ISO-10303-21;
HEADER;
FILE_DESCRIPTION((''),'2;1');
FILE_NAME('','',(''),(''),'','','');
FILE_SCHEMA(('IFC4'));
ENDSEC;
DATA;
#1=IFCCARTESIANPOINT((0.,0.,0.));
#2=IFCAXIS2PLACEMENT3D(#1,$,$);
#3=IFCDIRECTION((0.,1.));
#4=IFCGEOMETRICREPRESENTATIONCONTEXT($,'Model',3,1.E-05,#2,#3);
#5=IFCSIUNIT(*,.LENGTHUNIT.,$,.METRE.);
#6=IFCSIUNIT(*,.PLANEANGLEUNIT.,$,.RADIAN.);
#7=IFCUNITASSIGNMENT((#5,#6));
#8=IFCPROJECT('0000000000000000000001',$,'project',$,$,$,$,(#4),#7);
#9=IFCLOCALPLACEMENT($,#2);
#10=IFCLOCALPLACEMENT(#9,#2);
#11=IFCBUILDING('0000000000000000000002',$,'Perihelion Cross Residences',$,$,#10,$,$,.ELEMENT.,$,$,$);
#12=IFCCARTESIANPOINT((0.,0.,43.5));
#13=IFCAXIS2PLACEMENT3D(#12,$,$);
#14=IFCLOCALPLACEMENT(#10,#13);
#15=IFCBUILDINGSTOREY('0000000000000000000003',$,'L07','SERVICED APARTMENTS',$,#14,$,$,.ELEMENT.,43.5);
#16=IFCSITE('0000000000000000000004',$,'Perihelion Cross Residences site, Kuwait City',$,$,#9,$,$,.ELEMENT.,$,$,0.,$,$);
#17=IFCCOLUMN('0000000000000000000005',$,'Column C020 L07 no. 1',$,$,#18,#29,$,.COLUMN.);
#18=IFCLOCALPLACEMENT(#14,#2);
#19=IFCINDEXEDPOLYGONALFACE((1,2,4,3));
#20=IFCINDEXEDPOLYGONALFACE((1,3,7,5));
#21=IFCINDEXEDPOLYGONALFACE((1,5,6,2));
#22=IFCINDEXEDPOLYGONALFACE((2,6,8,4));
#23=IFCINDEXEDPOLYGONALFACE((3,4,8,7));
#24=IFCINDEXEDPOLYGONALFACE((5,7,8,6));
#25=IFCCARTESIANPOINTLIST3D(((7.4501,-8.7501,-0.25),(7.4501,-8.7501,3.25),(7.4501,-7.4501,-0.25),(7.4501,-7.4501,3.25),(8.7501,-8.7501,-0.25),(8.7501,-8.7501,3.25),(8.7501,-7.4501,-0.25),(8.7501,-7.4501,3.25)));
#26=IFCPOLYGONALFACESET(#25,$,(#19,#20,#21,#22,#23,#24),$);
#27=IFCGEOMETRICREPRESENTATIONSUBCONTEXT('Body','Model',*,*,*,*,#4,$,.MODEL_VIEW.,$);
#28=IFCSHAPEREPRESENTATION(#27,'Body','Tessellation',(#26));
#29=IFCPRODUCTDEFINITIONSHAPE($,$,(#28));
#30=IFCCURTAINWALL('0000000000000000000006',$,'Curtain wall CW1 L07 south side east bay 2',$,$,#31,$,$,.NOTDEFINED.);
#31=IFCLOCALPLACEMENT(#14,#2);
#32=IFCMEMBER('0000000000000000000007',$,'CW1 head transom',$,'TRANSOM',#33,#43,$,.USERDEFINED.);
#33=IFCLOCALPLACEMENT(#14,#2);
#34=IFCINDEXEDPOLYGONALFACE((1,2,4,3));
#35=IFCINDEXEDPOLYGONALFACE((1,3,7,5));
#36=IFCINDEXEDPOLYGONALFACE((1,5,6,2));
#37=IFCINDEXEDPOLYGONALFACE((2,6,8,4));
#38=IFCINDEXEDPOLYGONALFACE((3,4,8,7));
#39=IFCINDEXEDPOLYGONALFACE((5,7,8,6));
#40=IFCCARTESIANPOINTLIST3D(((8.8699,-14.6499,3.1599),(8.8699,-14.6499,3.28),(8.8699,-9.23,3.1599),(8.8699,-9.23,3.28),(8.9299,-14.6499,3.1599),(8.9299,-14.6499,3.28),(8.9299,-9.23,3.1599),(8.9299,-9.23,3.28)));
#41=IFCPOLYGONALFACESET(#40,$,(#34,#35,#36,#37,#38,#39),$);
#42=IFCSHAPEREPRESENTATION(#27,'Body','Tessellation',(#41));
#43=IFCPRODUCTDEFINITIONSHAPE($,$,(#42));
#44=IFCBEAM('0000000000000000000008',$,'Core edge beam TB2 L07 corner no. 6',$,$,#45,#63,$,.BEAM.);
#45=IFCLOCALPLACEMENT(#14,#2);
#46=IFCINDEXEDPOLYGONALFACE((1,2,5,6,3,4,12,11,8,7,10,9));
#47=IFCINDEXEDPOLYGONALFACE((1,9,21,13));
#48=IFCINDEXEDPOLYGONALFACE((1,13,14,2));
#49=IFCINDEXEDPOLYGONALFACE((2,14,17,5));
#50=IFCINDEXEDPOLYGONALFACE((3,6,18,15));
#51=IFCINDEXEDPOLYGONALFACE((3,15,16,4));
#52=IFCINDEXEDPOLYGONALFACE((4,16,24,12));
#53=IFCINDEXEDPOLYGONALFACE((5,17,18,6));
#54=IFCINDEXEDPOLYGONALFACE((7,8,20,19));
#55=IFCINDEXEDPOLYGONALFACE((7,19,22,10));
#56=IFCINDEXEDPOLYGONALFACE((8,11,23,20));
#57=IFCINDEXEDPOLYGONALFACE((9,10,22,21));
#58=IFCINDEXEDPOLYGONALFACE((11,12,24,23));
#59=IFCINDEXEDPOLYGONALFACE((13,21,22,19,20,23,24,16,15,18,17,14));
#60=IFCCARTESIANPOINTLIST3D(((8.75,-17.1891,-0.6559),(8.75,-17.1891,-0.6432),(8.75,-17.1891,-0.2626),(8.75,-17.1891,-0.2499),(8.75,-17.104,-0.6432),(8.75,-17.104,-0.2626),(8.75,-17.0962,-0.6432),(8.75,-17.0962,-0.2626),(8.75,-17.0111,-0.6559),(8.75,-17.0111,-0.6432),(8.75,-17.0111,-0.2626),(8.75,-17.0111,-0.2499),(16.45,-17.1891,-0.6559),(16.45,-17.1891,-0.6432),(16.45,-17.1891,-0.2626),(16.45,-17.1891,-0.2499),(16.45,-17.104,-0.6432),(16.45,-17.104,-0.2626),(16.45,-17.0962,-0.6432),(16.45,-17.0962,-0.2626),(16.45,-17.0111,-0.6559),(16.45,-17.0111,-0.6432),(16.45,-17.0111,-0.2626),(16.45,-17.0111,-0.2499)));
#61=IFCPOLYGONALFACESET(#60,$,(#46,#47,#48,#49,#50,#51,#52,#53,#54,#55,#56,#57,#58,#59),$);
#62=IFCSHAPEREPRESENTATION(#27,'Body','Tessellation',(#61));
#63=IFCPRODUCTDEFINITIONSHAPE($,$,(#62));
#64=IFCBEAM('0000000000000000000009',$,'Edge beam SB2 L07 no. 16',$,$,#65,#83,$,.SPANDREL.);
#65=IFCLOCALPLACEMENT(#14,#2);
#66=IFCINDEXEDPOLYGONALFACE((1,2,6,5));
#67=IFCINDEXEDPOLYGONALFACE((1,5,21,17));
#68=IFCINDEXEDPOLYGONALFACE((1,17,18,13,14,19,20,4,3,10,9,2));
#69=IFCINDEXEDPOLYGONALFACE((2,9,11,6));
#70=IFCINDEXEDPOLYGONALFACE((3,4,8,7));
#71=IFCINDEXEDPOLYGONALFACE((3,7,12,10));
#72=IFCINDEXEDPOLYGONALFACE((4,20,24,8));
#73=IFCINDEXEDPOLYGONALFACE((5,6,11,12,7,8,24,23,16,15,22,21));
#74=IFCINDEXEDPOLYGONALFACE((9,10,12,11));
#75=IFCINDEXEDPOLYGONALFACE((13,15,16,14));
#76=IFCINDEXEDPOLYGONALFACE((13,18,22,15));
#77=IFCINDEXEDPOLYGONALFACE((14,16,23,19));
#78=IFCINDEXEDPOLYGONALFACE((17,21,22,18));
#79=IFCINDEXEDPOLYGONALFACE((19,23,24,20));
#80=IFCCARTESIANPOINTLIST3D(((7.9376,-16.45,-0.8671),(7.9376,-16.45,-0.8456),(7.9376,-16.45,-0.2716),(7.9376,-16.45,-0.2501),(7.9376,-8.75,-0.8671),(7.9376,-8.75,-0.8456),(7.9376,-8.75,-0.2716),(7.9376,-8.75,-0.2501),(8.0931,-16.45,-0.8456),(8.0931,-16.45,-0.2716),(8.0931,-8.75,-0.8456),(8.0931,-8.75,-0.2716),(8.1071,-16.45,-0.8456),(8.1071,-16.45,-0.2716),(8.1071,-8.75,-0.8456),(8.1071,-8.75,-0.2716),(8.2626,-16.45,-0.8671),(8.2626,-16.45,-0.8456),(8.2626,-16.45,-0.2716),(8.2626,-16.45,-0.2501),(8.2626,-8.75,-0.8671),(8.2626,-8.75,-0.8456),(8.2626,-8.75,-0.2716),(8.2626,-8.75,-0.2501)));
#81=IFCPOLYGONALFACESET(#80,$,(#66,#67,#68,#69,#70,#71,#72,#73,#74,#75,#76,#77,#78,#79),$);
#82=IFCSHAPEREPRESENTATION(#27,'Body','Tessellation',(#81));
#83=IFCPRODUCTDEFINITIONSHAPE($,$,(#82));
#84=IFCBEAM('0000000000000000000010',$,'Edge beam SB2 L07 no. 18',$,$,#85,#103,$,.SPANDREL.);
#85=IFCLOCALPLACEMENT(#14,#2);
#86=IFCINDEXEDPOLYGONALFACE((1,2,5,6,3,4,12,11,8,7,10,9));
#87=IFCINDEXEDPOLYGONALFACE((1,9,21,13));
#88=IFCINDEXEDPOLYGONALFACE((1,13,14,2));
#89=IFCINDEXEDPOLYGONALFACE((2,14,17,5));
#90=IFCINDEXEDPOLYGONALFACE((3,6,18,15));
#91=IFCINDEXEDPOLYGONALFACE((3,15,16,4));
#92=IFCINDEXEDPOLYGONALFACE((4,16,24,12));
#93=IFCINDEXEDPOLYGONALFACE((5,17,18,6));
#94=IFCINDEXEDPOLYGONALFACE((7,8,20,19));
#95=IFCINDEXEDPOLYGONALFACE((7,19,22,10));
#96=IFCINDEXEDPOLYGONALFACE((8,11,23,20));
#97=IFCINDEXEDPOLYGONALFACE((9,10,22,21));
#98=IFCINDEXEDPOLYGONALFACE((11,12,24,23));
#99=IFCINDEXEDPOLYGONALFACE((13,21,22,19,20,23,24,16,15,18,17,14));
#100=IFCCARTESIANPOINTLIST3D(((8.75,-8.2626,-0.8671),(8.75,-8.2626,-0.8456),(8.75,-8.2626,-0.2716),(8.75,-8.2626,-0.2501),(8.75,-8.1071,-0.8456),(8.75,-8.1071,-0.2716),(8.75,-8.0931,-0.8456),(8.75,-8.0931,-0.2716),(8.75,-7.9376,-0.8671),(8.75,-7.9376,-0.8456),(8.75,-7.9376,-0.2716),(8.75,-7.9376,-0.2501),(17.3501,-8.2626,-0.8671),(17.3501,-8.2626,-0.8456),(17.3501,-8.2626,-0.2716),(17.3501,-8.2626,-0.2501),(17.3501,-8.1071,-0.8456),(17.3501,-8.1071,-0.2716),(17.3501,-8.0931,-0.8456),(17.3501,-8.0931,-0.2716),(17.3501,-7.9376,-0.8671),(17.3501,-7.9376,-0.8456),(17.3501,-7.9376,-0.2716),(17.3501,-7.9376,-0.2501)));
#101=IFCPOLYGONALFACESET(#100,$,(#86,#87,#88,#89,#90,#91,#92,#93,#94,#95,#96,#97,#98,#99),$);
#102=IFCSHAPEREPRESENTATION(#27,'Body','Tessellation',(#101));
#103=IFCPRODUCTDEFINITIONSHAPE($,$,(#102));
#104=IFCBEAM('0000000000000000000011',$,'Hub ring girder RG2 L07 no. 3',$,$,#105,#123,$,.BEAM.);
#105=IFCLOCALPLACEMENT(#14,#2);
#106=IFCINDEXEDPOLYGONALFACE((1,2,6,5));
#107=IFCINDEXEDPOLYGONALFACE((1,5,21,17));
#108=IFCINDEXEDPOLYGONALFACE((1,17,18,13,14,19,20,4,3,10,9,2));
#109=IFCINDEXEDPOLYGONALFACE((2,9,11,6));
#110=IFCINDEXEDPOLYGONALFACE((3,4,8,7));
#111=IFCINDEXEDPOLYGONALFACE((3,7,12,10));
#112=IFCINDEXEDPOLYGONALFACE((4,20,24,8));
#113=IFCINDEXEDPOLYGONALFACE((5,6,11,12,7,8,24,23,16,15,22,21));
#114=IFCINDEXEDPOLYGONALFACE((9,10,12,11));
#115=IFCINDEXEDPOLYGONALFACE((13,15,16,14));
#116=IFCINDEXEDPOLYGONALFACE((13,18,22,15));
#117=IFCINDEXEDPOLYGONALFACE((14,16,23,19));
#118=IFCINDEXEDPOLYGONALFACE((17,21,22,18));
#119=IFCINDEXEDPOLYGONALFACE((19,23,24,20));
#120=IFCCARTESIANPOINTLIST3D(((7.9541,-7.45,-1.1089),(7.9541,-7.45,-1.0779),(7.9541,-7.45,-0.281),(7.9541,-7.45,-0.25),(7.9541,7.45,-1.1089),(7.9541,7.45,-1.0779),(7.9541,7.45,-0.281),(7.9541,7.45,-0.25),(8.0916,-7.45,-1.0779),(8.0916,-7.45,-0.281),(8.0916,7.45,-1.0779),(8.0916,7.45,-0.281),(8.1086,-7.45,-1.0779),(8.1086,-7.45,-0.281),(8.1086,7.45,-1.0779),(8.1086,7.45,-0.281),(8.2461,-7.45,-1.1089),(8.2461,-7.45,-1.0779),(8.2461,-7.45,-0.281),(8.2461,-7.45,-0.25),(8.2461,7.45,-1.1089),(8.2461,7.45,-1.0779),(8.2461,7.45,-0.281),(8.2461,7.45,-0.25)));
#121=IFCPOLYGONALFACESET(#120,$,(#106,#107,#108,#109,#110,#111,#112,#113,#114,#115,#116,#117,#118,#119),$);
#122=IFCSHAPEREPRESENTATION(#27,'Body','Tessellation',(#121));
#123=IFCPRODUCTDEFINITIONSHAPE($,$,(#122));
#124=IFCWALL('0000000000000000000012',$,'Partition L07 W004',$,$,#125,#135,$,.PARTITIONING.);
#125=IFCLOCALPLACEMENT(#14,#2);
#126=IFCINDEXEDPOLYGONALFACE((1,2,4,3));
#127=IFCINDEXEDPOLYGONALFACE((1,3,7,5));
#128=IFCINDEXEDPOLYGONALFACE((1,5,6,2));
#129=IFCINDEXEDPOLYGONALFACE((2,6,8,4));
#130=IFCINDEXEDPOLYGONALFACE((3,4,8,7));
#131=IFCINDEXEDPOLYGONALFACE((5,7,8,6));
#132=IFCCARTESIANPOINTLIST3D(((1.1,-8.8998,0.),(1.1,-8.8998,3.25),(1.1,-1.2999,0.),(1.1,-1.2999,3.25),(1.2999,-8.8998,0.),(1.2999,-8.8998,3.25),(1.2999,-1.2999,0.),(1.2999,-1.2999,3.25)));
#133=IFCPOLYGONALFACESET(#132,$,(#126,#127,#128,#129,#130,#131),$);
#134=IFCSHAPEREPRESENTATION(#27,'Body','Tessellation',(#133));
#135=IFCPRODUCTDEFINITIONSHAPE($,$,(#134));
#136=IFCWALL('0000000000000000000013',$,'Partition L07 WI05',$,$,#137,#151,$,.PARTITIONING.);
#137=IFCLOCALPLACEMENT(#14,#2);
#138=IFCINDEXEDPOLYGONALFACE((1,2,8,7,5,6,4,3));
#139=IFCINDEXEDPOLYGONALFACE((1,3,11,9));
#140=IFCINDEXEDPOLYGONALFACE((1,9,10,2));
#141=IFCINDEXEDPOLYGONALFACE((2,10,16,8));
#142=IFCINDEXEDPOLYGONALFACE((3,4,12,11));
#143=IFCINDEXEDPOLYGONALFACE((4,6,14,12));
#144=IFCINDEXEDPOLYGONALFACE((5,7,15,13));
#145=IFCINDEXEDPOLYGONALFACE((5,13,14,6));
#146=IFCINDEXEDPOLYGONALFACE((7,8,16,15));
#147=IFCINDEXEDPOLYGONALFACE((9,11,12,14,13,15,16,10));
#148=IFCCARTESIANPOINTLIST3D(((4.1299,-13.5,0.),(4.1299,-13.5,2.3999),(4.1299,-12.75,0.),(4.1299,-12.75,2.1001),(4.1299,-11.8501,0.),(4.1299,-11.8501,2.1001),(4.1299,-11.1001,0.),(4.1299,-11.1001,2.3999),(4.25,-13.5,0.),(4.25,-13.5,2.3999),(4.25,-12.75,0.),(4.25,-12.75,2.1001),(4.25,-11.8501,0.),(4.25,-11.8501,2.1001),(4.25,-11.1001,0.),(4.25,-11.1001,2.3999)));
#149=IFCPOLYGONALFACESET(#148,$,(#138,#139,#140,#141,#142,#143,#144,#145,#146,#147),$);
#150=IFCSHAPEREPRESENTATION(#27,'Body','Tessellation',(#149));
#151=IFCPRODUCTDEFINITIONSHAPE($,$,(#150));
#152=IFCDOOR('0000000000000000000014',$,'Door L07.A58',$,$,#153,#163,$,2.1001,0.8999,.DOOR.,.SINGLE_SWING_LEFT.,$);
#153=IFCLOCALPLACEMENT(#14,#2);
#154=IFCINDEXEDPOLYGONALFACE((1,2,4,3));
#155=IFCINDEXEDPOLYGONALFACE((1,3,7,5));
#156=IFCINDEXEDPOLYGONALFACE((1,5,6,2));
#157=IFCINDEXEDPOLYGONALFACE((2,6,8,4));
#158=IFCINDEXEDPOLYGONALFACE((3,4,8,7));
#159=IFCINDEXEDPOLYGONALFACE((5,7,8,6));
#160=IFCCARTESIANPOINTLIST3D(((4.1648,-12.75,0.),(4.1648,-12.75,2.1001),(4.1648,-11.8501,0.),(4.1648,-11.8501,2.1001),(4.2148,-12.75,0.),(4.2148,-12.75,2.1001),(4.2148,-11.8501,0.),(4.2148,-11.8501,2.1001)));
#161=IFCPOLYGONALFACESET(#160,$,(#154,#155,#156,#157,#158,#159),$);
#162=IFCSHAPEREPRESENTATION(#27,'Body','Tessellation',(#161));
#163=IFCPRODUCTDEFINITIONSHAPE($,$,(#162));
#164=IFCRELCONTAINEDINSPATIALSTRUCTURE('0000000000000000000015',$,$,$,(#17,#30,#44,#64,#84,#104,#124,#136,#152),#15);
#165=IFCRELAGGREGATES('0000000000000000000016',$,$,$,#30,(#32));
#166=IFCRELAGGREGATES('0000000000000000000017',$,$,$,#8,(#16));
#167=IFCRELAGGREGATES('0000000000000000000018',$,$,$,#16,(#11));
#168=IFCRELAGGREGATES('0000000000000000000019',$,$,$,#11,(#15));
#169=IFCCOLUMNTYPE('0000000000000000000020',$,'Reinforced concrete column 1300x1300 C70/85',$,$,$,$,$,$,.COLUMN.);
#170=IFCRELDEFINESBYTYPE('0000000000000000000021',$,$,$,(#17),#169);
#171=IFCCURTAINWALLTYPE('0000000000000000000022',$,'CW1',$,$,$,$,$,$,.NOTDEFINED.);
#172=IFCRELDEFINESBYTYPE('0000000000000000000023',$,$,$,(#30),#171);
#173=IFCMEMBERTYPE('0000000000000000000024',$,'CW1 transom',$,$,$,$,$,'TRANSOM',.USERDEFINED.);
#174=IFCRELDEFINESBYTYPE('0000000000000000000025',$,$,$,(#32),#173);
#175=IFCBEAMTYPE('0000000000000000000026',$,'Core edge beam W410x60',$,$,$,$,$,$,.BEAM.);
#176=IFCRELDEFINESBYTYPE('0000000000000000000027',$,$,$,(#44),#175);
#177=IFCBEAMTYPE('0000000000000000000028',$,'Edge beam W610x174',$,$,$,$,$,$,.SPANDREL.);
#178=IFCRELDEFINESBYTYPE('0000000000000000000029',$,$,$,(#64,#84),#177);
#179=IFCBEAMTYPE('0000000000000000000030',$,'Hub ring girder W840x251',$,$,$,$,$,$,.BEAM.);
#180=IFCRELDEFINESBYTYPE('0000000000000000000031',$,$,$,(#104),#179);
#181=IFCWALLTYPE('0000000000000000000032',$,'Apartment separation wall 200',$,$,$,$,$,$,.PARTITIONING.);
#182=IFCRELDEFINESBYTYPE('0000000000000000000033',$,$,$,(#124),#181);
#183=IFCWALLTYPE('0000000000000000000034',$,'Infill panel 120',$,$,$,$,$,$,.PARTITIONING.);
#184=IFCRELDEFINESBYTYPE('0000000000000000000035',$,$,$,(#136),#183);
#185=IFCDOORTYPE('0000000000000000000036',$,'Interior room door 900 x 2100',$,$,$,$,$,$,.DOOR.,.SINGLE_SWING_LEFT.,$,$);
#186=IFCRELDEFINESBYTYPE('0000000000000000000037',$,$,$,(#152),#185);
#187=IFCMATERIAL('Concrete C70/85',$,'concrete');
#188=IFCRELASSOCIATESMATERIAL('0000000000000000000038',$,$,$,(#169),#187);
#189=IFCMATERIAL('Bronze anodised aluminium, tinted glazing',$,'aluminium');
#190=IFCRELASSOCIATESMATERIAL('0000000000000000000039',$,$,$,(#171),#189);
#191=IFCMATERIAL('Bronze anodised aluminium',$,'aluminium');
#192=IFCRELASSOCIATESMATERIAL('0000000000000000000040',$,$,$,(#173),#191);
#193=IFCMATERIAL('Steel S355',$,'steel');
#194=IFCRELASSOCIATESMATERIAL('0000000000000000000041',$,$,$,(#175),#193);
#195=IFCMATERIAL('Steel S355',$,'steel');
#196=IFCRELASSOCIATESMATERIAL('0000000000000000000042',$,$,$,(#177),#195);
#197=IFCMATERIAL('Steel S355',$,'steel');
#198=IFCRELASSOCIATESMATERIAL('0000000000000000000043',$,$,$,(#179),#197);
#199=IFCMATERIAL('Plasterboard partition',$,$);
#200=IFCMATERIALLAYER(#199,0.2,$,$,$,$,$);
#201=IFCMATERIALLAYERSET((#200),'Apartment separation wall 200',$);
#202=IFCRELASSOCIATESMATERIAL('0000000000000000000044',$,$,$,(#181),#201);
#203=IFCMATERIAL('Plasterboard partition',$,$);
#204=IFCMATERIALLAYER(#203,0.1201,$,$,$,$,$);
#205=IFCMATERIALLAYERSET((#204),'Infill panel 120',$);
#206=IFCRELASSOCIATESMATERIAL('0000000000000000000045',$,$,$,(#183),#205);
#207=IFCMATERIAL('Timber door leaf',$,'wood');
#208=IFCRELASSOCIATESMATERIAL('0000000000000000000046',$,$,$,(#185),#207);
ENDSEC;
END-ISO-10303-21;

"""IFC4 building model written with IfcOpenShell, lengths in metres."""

from ifc_helpers import new_model, si_unit, direction, frame, frame_2d, origin, origin_2d, place, context, subcontext, project, spatial, rectangle, i_section, extrude, material, layer, layer_set, material_profile, profile_set, type_object, element, fill, aggregate, save


model = new_model("IFC4")

# Units and contexts
model_context = context("Model", 3, precision=1e-05, world=origin(), true_north=direction((0.0, 1.0)))
body_context = subcontext(model_context, "Body", "Model", "MODEL_VIEW")
ifc_project = project(units=[si_unit("LENGTHUNIT", "METRE"), si_unit("PLANEANGLEUNIT", "RADIAN")], contexts=[model_context])

# Site, building, storey
site_placement = place(None, origin())
site = spatial("IfcSite", under=ifc_project, at=site_placement, Name="Perihelion Cross Residences site, Kuwait City", CompositionType="ELEMENT", RefElevation=0.0)
building_placement = place(site_placement, origin())
building = spatial("IfcBuilding", under=site, at=building_placement, Name="Perihelion Cross Residences", CompositionType="ELEMENT")
storey_placement = place(building_placement, frame((0.0, 0.0, 43.5)))
storey = spatial("IfcBuildingStorey", under=building, at=storey_placement, Name="L07", Description="SERVICED APARTMENTS", CompositionType="ELEMENT", Elevation=43.5)

# Column
ifc_material_1 = material(Name="Concrete C70/85", Category="concrete")
ifc_material_profile_1 = material_profile(ifc_material_1, rectangle(XDim=1.3, YDim=1.3, at=origin_2d()), Name="RC 1300x1300")
ifc_profile_set_1 = profile_set([ifc_material_profile_1], Name="Concrete C70/85")
column_type = type_object("IfcColumnType", Name="Reinforced concrete column 1300x1300 C70/85", PredefinedType="COLUMN", material=ifc_profile_set_1)
column_placement = place(storey_placement, frame((8.1001, -8.1001, -0.25), z_axis=(0.0, 0.0, 1.0), x_axis=(1.0, 0.0, 0.0)))
element("IfcColumn", 1, at=column_placement, inside=storey, type_object=column_type, Name="Column C020 L07 no. 1", PredefinedType="COLUMN", context=body_context, shape_type="SweptSolid", body=[
    extrude(rectangle(XDim=1.3, YDim=1.3, at=origin_2d()), origin(), (0.0, 0.0, 1.0), 3.5),
])

# Curtain wall, member
ifc_material_2 = material(Name="Bronze anodised aluminium, tinted glazing", Category="aluminium")
curtain_wall_type = type_object("IfcCurtainWallType", Name="CW1", PredefinedType="NOTDEFINED", material=ifc_material_2)
curtain_wall_placement = place(storey_placement, origin())
curtain_wall = element("IfcCurtainWall", 2, at=curtain_wall_placement, inside=storey, type_object=curtain_wall_type, Name="Curtain wall CW1 L07 south side east bay 2", PredefinedType="NOTDEFINED")
ifc_material_3 = material(Name="Bronze anodised aluminium", Category="aluminium")
ifc_material_profile_2 = material_profile(ifc_material_3, rectangle(XDim=0.0601, YDim=0.1201, at=origin_2d()), Name="CW1 transom")
ifc_profile_set_2 = profile_set([ifc_material_profile_2], Name="Bronze anodised aluminium")
member_type = type_object("IfcMemberType", Name="CW1 transom", ElementType="TRANSOM", PredefinedType="USERDEFINED", material=ifc_profile_set_2)
member_placement = place(storey_placement, frame((8.8999, -14.6499, 3.22), z_axis=(0.0, 1.0, 0.0), x_axis=(-1.0, 0.0, 0.0)))
member = element("IfcMember", 3, at=member_placement, type_object=member_type, Name="CW1 head transom", ObjectType="TRANSOM", PredefinedType="USERDEFINED", context=body_context, shape_type="SweptSolid", body=[
    extrude(rectangle(XDim=0.0601, YDim=0.1201, at=origin_2d()), origin(), (0.0, 0.0, 1.0), 5.4199),
])
aggregate(curtain_wall, [member])

# Beams
ifc_material_4 = material(Name="Steel S355", Category="steel")
ifc_material_profile_3 = material_profile(ifc_material_4, i_section(OverallWidth=0.178, OverallDepth=0.406, WebThickness=0.0078, FlangeThickness=0.0127, at=origin_2d()), Name="W410x60")
ifc_profile_set_3 = profile_set([ifc_material_profile_3], Name="Steel S355")
beam_type_1 = type_object("IfcBeamType", Name="Core edge beam W410x60", PredefinedType="BEAM", material=ifc_profile_set_3)
beam_1_placement = place(storey_placement, frame((8.75, -17.1001, -0.4529), z_axis=(1.0, 0.0, 0.0), x_axis=(0.0, 1.0, 0.0)))
element("IfcBeam", 4, at=beam_1_placement, inside=storey, type_object=beam_type_1, Name="Core edge beam TB2 L07 corner no. 6", PredefinedType="BEAM", context=body_context, shape_type="SweptSolid", body=[
    extrude(i_section(OverallWidth=0.178, OverallDepth=0.406, WebThickness=0.0078, FlangeThickness=0.0127, at=origin_2d()), origin(), (0.0, 0.0, 1.0), 7.7),
])
ifc_material_5 = material(Name="Steel S355", Category="steel")
ifc_material_profile_4 = material_profile(ifc_material_5, i_section(OverallWidth=0.325, OverallDepth=0.6169, WebThickness=0.0139, FlangeThickness=0.0215, at=origin_2d()), Name="W610x174")
ifc_profile_set_4 = profile_set([ifc_material_profile_4], Name="Steel S355")
beam_type_2 = type_object("IfcBeamType", Name="Edge beam W610x174", PredefinedType="SPANDREL", material=ifc_profile_set_4)
beam_2_placement = place(storey_placement, frame((8.1001, -16.45, -0.5586), z_axis=(0.0, 1.0, 0.0), x_axis=(-1.0, 0.0, 0.0)))
element("IfcBeam", 5, at=beam_2_placement, inside=storey, type_object=beam_type_2, Name="Edge beam SB2 L07 no. 16", PredefinedType="SPANDREL", context=body_context, shape_type="SweptSolid", body=[
    extrude(i_section(OverallWidth=0.325, OverallDepth=0.6169, WebThickness=0.0139, FlangeThickness=0.0215, at=origin_2d()), origin(), (0.0, 0.0, 1.0), 7.7),
])
beam_3_placement = place(storey_placement, frame((8.75, -8.1001, -0.5586), z_axis=(1.0, 0.0, 0.0), x_axis=(0.0, 1.0, 0.0)))
element("IfcBeam", 6, at=beam_3_placement, inside=storey, type_object=beam_type_2, Name="Edge beam SB2 L07 no. 18", PredefinedType="SPANDREL", context=body_context, shape_type="SweptSolid", body=[
    extrude(i_section(OverallWidth=0.325, OverallDepth=0.6169, WebThickness=0.0139, FlangeThickness=0.0215, at=origin_2d()), origin(), (0.0, 0.0, 1.0), 8.6001),
])
ifc_material_6 = material(Name="Steel S355", Category="steel")
ifc_material_profile_5 = material_profile(ifc_material_6, i_section(OverallWidth=0.292, OverallDepth=0.8589, WebThickness=0.0171, FlangeThickness=0.031, at=origin_2d()), Name="W840x251")
ifc_profile_set_5 = profile_set([ifc_material_profile_5], Name="Steel S355")
beam_type_3 = type_object("IfcBeamType", Name="Hub ring girder W840x251", PredefinedType="BEAM", material=ifc_profile_set_5)
beam_4_placement = place(storey_placement, frame((8.1001, -7.45, -0.6794), z_axis=(0.0, 1.0, 0.0), x_axis=(-1.0, 0.0, 0.0)))
element("IfcBeam", 7, at=beam_4_placement, inside=storey, type_object=beam_type_3, Name="Hub ring girder RG2 L07 no. 3", PredefinedType="BEAM", context=body_context, shape_type="SweptSolid", body=[
    extrude(i_section(OverallWidth=0.292, OverallDepth=0.8589, WebThickness=0.0171, FlangeThickness=0.031, at=origin_2d()), origin(), (0.0, 0.0, 1.0), 14.8999),
])

# Wall
ifc_material_7 = material(Name="Plasterboard partition")
ifc_layer_1 = layer(ifc_material_7, 0.2)
ifc_layer_set_1 = layer_set([ifc_layer_1], Name="Apartment separation wall 200")
wall_type_1 = type_object("IfcWallType", Name="Apartment separation wall 200", PredefinedType="PARTITIONING", material=ifc_layer_set_1)
wall_1_placement = place(storey_placement, frame((1.2, -1.3, 0.0), z_axis=(0.0, 0.0, 1.0), x_axis=(0.0, -1.0, 0.0)))
element("IfcWall", 8, at=wall_1_placement, inside=storey, type_object=wall_type_1, Name="Partition L07 W004", PredefinedType="PARTITIONING", context=body_context, shape_type="SweptSolid", body=[
    extrude(rectangle(XDim=7.5999, YDim=0.2, at=frame_2d((3.7998, 0.0))), origin(), (0.0, 0.0, 1.0), 3.25),
])

# Wall, opening, door
ifc_material_8 = material(Name="Plasterboard partition")
ifc_layer_2 = layer(ifc_material_8, 0.1201)
ifc_layer_set_2 = layer_set([ifc_layer_2], Name="Infill panel 120")
wall_type_2 = type_object("IfcWallType", Name="Infill panel 120", PredefinedType="PARTITIONING", material=ifc_layer_set_2)
wall_2_placement = place(storey_placement, frame((4.1899, -11.1001, 0.0), z_axis=(0.0, 0.0, 1.0), x_axis=(0.0, -1.0, 0.0)))
wall_2 = element("IfcWall", 9, at=wall_2_placement, inside=storey, type_object=wall_type_2, Name="Partition L07 WI05", PredefinedType="PARTITIONING", context=body_context, shape_type="SweptSolid", body=[
    extrude(rectangle(XDim=2.3999, YDim=0.1201, at=frame_2d((1.2, 0.0))), origin(), (0.0, 0.0, 1.0), 2.3999),
])
opening_1_placement = place(wall_2_placement, frame((0.75, 0.0, 0.0)))
opening_1 = element("IfcOpeningElement", 10, at=opening_1_placement, cuts=wall_2, PredefinedType="OPENING", context=body_context, shape_type="SweptSolid", body=[
    extrude(rectangle(XDim=0.8999, YDim=2.1001, at=frame_2d((0.45, 1.05))), frame((0.0, 0.0701, 0.0), z_axis=(0.0, -1.0, 0.0), x_axis=(1.0, 0.0, 0.0)), (0.0, 0.0, 1.0), 0.1401),
])
ifc_material_9 = material(Name="Timber door leaf", Category="wood")
door_type_1 = type_object("IfcDoorType", Name="Interior room door 900 x 2100", OperationType="SINGLE_SWING_LEFT", PredefinedType="DOOR", material=ifc_material_9)
door_1_placement = place(opening_1_placement, origin())
door_1 = element("IfcDoor", 11, at=door_1_placement, inside=storey, type_object=door_type_1, Name="Door L07.A58", OperationType="SINGLE_SWING_LEFT", OverallHeight=2.1001, OverallWidth=0.8999, PredefinedType="DOOR", context=body_context, shape_type="SweptSolid", body=[
    extrude(rectangle(XDim=0.8999, YDim=2.1001, at=frame_2d((0.45, 1.05))), frame((0.0, 0.0249, 0.0), z_axis=(0.0, -1.0, 0.0), x_axis=(1.0, 0.0, 0.0)), (0.0, 0.0, 1.0), 0.05),
])
fill(opening_1, door_1)

save(model, "model.ifc")
